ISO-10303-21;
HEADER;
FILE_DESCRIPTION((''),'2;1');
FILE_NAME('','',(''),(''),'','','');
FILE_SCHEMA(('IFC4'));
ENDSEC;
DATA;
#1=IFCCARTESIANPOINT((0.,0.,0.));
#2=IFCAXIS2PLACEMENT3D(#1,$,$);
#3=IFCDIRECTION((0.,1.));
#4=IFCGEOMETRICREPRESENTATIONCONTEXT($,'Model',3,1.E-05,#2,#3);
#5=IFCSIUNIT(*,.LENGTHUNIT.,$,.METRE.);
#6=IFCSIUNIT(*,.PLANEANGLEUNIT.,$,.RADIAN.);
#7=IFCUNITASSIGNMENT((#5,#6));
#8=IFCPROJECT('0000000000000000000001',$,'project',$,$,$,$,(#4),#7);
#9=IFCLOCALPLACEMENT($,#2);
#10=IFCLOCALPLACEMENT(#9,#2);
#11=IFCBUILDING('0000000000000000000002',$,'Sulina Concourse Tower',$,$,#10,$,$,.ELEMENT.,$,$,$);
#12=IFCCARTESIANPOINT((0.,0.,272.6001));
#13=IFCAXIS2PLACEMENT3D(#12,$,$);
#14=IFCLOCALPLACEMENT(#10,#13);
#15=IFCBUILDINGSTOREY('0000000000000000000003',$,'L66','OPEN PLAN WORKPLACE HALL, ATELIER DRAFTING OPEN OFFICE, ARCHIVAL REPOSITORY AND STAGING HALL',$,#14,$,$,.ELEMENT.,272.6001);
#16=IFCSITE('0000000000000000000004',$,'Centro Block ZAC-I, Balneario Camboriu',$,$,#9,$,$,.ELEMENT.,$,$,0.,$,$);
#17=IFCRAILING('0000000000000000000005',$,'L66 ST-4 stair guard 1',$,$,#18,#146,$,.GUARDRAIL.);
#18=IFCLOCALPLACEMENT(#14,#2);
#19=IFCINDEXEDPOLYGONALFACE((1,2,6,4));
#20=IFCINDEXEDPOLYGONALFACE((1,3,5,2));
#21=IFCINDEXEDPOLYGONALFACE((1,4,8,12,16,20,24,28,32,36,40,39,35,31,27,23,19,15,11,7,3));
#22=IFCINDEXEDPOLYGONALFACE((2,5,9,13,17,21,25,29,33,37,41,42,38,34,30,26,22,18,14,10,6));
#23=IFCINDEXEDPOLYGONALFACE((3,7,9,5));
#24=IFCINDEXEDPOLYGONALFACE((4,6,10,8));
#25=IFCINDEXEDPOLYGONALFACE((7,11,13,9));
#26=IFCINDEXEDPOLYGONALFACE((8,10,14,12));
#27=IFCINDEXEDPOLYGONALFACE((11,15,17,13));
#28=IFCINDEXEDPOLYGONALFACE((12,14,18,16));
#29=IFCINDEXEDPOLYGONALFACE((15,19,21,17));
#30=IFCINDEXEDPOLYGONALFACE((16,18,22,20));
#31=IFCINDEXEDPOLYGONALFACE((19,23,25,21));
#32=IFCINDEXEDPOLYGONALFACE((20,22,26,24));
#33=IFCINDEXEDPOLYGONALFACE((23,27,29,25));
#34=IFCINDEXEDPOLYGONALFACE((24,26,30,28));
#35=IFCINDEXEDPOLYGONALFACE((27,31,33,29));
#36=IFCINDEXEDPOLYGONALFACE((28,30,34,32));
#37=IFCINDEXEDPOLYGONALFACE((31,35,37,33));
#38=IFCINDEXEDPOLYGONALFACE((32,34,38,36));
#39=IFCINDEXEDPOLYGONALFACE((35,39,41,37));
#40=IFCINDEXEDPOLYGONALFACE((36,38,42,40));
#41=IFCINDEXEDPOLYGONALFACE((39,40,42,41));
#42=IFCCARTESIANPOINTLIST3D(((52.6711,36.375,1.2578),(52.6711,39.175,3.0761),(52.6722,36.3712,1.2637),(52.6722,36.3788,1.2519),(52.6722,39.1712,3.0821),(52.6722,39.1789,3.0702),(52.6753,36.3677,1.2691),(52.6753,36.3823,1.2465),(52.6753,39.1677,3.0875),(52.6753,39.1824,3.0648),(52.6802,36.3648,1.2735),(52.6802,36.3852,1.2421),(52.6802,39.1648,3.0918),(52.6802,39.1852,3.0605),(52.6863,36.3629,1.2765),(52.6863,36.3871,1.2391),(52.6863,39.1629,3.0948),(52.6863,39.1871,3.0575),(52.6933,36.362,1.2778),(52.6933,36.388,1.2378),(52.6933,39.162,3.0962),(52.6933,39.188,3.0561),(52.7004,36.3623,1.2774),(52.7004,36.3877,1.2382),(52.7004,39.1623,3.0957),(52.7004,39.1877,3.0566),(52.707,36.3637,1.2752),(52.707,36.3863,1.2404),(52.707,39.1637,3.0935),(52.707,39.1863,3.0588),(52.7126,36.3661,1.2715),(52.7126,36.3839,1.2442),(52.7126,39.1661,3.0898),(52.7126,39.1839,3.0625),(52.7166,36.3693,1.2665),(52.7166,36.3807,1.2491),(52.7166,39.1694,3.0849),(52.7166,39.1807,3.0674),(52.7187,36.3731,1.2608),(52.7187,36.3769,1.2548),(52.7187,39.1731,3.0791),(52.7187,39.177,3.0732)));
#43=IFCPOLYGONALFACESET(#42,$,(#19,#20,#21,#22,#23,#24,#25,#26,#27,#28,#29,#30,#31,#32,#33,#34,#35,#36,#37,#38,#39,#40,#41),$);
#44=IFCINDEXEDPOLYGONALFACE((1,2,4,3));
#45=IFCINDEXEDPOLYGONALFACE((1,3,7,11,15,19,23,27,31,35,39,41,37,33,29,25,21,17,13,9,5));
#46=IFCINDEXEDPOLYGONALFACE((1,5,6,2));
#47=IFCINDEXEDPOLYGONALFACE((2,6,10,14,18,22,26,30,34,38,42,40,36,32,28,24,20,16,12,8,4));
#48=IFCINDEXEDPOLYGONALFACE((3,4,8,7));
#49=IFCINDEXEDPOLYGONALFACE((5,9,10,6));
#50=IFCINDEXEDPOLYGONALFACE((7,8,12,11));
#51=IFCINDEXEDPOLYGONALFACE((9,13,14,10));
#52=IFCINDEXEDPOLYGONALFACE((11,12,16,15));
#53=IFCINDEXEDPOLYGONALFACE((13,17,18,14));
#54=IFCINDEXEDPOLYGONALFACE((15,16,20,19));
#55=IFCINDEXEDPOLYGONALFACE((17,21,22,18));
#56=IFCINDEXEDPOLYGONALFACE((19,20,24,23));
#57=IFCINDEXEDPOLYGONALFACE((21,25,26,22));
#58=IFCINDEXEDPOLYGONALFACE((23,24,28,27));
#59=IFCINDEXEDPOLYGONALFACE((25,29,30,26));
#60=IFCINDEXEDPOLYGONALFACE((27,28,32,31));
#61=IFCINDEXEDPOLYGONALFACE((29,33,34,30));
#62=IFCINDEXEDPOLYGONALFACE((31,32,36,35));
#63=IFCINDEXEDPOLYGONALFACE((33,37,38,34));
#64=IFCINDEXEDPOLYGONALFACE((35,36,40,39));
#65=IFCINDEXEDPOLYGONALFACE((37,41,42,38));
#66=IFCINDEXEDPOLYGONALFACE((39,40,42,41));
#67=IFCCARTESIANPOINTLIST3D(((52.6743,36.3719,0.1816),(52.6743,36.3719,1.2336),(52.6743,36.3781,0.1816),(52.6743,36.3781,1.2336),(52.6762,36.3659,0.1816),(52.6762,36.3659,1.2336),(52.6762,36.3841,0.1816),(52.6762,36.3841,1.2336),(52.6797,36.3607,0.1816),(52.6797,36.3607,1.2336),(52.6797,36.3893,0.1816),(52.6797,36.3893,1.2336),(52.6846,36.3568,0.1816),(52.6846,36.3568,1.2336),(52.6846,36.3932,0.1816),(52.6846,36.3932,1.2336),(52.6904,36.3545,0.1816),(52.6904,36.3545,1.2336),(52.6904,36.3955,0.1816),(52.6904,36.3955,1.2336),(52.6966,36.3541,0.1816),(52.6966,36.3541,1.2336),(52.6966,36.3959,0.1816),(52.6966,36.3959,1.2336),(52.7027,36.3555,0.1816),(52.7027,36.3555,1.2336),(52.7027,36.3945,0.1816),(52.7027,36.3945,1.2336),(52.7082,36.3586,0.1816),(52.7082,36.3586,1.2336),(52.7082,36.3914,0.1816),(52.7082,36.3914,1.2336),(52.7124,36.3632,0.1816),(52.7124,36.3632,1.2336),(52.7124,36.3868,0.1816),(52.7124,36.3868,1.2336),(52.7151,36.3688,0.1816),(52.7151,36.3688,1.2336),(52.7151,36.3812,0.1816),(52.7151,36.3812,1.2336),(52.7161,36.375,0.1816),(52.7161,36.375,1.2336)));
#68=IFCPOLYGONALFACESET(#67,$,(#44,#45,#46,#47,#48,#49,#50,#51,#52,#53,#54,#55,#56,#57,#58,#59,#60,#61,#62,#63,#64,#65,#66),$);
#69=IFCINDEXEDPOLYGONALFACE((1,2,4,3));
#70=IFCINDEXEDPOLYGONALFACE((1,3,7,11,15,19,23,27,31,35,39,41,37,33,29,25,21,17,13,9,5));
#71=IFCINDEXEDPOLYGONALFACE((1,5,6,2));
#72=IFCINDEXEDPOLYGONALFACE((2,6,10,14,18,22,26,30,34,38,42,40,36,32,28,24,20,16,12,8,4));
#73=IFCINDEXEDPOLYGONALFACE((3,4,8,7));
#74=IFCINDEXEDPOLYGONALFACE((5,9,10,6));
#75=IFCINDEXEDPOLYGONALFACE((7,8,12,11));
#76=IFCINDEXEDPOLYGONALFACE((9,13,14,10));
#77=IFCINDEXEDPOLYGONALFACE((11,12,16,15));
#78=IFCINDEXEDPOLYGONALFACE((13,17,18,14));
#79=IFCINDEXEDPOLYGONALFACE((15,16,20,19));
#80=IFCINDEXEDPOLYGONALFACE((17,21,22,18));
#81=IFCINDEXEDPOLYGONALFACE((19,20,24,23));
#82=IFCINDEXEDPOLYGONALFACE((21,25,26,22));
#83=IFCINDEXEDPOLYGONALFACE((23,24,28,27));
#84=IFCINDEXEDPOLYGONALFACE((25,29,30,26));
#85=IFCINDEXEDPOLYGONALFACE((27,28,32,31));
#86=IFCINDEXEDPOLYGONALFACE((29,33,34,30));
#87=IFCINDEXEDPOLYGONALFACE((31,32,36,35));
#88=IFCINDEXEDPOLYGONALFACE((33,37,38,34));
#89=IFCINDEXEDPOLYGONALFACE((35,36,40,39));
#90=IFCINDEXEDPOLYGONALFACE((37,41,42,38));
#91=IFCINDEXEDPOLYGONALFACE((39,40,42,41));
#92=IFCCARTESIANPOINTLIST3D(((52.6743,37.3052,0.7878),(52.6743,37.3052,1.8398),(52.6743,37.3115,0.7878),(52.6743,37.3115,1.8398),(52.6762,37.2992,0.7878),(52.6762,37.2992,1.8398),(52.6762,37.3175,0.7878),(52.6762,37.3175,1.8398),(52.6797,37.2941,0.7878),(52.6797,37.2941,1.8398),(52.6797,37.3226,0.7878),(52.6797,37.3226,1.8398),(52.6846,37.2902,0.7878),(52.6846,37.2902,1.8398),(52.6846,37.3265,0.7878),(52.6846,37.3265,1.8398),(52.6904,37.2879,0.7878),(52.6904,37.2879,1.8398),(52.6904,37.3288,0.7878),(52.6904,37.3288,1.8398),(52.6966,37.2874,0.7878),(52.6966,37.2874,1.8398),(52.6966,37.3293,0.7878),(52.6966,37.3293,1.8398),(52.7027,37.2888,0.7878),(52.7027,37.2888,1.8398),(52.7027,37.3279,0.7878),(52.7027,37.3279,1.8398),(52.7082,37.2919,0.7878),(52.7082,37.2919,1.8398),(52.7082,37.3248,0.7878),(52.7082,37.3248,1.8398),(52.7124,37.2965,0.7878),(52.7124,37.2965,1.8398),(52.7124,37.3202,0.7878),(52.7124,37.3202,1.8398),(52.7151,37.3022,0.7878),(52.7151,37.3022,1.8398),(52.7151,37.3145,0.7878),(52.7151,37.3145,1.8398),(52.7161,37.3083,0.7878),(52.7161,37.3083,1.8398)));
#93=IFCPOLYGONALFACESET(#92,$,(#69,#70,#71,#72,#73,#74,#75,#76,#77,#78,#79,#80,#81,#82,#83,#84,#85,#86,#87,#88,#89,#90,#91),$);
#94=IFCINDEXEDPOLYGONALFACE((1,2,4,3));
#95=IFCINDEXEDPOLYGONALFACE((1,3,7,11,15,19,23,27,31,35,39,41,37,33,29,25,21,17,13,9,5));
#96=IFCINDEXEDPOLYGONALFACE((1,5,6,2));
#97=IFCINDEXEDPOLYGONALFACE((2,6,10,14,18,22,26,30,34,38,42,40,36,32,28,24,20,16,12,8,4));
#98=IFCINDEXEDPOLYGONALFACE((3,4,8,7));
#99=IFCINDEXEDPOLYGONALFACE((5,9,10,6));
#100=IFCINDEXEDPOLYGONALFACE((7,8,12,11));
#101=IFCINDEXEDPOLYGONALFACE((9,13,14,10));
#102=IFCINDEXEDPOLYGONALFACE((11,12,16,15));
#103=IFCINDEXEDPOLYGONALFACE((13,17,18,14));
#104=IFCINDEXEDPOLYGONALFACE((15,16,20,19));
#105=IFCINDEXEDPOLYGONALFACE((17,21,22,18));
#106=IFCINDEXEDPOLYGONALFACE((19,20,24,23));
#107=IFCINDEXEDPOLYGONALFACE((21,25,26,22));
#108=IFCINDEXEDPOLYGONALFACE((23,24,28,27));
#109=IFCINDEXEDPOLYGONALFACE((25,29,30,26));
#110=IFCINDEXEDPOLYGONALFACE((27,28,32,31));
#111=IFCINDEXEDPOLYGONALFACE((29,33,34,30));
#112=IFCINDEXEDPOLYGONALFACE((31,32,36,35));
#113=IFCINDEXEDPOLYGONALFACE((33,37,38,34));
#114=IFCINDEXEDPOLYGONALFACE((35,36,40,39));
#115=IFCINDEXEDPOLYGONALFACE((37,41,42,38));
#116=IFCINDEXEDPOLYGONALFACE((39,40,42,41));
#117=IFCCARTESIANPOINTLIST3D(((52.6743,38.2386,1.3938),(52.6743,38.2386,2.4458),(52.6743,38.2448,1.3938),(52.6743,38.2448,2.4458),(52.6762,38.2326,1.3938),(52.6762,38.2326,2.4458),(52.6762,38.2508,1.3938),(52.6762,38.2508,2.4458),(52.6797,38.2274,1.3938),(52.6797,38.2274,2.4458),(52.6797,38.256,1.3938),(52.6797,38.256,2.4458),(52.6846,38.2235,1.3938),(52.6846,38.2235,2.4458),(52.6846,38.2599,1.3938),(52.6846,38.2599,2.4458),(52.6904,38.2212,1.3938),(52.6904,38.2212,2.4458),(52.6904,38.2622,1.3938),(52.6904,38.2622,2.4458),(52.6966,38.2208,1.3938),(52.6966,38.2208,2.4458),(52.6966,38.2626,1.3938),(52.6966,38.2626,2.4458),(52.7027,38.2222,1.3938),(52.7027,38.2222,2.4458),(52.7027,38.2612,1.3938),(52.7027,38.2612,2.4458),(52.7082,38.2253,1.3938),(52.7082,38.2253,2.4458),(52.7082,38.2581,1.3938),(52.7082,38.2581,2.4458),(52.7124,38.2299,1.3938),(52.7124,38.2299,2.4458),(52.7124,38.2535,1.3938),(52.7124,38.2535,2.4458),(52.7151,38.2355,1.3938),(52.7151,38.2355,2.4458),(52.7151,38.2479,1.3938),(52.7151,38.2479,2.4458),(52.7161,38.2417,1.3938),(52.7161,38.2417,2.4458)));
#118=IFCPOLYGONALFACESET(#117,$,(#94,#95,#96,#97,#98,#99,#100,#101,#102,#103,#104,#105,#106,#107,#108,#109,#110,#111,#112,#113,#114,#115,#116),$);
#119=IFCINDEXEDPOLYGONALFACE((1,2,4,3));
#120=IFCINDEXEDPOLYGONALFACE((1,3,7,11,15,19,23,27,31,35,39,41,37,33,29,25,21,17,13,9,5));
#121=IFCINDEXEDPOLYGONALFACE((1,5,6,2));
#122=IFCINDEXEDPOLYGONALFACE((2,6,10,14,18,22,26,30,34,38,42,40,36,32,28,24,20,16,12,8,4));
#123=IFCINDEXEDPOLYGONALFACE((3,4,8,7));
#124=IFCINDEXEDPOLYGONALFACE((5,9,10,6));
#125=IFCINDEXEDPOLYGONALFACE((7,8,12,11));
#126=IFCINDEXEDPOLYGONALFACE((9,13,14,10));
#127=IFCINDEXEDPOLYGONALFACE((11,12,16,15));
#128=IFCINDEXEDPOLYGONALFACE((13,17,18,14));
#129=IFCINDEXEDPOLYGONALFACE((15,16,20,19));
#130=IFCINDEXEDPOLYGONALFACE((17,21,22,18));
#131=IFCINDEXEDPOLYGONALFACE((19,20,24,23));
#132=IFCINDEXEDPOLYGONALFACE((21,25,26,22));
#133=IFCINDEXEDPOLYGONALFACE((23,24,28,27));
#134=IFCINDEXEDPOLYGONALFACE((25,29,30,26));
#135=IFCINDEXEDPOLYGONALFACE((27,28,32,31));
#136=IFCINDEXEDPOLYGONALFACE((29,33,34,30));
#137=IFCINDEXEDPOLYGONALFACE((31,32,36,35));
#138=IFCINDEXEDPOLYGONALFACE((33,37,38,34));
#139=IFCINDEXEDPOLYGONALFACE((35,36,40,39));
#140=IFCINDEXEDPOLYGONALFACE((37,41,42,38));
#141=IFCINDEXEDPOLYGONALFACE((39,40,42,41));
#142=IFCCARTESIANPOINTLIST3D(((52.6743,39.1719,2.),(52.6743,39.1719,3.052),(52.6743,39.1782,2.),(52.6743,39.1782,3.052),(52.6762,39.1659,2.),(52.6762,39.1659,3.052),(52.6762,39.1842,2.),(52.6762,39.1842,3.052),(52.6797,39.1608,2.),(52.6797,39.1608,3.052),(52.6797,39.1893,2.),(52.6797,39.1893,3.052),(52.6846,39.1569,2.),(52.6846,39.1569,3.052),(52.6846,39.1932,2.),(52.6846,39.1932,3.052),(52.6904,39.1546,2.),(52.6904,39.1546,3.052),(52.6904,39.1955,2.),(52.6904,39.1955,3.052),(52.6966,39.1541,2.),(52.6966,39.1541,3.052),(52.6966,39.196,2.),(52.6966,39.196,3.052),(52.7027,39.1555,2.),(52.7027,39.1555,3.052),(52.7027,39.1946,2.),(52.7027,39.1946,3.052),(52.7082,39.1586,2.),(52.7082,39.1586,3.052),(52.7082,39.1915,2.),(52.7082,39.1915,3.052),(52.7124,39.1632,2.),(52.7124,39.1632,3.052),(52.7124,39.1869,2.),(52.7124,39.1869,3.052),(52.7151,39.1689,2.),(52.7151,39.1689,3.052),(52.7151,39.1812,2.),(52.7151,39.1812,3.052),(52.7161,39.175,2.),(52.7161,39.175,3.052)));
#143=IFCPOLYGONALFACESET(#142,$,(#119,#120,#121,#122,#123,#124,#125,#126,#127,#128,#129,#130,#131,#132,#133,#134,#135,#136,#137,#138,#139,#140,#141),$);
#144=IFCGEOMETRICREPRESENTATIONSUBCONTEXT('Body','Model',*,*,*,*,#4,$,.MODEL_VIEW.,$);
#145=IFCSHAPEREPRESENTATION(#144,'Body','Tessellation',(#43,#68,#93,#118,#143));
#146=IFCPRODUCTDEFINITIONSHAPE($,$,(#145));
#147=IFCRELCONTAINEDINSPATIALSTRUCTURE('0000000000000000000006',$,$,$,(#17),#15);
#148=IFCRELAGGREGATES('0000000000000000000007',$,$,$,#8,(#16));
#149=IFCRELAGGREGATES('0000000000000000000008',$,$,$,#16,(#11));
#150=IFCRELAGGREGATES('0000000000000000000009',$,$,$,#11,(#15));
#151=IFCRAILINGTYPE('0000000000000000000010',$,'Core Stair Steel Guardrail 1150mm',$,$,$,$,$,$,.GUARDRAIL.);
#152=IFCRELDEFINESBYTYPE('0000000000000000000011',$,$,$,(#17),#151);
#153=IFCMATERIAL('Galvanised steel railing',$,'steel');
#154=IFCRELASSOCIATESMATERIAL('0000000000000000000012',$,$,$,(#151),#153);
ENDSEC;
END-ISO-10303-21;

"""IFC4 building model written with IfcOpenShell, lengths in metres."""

from ifc_helpers import new_model, si_unit, direction, frame, origin, origin_2d, place, context, subcontext, project, spatial, circle, extrude, material, type_object, element, save


model = new_model("IFC4")

# Units and contexts
model_context = context("Model", 3, precision=1e-05, world=origin(), true_north=direction((0.0, 1.0)))
body_context = subcontext(model_context, "Body", "Model", "MODEL_VIEW")
ifc_project = project(units=[si_unit("LENGTHUNIT", "METRE"), si_unit("PLANEANGLEUNIT", "RADIAN")], contexts=[model_context])

# Site, building, storey
site_placement = place(None, origin())
site = spatial("IfcSite", under=ifc_project, at=site_placement, Name="Centro Block ZAC-I, Balneario Camboriu", CompositionType="ELEMENT", RefElevation=0.0)
building_placement = place(site_placement, origin())
building = spatial("IfcBuilding", under=site, at=building_placement, Name="Sulina Concourse Tower", CompositionType="ELEMENT")
storey_placement = place(building_placement, frame((0.0, 0.0, 272.6001)))
storey = spatial("IfcBuildingStorey", under=building, at=storey_placement, Name="L66", Description="OPEN PLAN WORKPLACE HALL, ATELIER DRAFTING OPEN OFFICE, ARCHIVAL REPOSITORY AND STAGING HALL", CompositionType="ELEMENT", Elevation=272.6001)

# Railing
ifc_material_1 = material(Name="Galvanised steel railing", Category="steel")
railing_type_1 = type_object("IfcRailingType", Name="Core Stair Steel Guardrail 1150mm", PredefinedType="GUARDRAIL", material=ifc_material_1)
railing_1_placement = place(storey_placement, frame((52.6951, 36.375, 0.1816)))
element("IfcRailing", 1, at=railing_1_placement, inside=storey, type_object=railing_type_1, Name="L66 ST-4 stair guard 1", PredefinedType="GUARDRAIL", context=body_context, shape_type="SweptSolid", body=[
    extrude(circle(Radius=0.0239, at=origin_2d()), frame((0.0, 0.0, 1.0762), z_axis=(0.0, 0.838672, 0.544636), x_axis=(-1.0, 0.0, 0.0)), (0.0, 0.0, 1.0), 3.3386),
    extrude(circle(Radius=0.021, at=origin_2d()), origin(), (0.0, 0.0, 1.0), 1.052),
    extrude(circle(Radius=0.021, at=origin_2d()), frame((0.0, 0.9333, 0.6062)), (0.0, 0.0, 1.0), 1.052),
    extrude(circle(Radius=0.021, at=origin_2d()), frame((0.0, 1.8667, 1.2122)), (0.0, 0.0, 1.0), 1.052),
    extrude(circle(Radius=0.021, at=origin_2d()), frame((0.0, 2.8, 1.8184)), (0.0, 0.0, 1.0), 1.052),
])

save(model, "model.ifc")
